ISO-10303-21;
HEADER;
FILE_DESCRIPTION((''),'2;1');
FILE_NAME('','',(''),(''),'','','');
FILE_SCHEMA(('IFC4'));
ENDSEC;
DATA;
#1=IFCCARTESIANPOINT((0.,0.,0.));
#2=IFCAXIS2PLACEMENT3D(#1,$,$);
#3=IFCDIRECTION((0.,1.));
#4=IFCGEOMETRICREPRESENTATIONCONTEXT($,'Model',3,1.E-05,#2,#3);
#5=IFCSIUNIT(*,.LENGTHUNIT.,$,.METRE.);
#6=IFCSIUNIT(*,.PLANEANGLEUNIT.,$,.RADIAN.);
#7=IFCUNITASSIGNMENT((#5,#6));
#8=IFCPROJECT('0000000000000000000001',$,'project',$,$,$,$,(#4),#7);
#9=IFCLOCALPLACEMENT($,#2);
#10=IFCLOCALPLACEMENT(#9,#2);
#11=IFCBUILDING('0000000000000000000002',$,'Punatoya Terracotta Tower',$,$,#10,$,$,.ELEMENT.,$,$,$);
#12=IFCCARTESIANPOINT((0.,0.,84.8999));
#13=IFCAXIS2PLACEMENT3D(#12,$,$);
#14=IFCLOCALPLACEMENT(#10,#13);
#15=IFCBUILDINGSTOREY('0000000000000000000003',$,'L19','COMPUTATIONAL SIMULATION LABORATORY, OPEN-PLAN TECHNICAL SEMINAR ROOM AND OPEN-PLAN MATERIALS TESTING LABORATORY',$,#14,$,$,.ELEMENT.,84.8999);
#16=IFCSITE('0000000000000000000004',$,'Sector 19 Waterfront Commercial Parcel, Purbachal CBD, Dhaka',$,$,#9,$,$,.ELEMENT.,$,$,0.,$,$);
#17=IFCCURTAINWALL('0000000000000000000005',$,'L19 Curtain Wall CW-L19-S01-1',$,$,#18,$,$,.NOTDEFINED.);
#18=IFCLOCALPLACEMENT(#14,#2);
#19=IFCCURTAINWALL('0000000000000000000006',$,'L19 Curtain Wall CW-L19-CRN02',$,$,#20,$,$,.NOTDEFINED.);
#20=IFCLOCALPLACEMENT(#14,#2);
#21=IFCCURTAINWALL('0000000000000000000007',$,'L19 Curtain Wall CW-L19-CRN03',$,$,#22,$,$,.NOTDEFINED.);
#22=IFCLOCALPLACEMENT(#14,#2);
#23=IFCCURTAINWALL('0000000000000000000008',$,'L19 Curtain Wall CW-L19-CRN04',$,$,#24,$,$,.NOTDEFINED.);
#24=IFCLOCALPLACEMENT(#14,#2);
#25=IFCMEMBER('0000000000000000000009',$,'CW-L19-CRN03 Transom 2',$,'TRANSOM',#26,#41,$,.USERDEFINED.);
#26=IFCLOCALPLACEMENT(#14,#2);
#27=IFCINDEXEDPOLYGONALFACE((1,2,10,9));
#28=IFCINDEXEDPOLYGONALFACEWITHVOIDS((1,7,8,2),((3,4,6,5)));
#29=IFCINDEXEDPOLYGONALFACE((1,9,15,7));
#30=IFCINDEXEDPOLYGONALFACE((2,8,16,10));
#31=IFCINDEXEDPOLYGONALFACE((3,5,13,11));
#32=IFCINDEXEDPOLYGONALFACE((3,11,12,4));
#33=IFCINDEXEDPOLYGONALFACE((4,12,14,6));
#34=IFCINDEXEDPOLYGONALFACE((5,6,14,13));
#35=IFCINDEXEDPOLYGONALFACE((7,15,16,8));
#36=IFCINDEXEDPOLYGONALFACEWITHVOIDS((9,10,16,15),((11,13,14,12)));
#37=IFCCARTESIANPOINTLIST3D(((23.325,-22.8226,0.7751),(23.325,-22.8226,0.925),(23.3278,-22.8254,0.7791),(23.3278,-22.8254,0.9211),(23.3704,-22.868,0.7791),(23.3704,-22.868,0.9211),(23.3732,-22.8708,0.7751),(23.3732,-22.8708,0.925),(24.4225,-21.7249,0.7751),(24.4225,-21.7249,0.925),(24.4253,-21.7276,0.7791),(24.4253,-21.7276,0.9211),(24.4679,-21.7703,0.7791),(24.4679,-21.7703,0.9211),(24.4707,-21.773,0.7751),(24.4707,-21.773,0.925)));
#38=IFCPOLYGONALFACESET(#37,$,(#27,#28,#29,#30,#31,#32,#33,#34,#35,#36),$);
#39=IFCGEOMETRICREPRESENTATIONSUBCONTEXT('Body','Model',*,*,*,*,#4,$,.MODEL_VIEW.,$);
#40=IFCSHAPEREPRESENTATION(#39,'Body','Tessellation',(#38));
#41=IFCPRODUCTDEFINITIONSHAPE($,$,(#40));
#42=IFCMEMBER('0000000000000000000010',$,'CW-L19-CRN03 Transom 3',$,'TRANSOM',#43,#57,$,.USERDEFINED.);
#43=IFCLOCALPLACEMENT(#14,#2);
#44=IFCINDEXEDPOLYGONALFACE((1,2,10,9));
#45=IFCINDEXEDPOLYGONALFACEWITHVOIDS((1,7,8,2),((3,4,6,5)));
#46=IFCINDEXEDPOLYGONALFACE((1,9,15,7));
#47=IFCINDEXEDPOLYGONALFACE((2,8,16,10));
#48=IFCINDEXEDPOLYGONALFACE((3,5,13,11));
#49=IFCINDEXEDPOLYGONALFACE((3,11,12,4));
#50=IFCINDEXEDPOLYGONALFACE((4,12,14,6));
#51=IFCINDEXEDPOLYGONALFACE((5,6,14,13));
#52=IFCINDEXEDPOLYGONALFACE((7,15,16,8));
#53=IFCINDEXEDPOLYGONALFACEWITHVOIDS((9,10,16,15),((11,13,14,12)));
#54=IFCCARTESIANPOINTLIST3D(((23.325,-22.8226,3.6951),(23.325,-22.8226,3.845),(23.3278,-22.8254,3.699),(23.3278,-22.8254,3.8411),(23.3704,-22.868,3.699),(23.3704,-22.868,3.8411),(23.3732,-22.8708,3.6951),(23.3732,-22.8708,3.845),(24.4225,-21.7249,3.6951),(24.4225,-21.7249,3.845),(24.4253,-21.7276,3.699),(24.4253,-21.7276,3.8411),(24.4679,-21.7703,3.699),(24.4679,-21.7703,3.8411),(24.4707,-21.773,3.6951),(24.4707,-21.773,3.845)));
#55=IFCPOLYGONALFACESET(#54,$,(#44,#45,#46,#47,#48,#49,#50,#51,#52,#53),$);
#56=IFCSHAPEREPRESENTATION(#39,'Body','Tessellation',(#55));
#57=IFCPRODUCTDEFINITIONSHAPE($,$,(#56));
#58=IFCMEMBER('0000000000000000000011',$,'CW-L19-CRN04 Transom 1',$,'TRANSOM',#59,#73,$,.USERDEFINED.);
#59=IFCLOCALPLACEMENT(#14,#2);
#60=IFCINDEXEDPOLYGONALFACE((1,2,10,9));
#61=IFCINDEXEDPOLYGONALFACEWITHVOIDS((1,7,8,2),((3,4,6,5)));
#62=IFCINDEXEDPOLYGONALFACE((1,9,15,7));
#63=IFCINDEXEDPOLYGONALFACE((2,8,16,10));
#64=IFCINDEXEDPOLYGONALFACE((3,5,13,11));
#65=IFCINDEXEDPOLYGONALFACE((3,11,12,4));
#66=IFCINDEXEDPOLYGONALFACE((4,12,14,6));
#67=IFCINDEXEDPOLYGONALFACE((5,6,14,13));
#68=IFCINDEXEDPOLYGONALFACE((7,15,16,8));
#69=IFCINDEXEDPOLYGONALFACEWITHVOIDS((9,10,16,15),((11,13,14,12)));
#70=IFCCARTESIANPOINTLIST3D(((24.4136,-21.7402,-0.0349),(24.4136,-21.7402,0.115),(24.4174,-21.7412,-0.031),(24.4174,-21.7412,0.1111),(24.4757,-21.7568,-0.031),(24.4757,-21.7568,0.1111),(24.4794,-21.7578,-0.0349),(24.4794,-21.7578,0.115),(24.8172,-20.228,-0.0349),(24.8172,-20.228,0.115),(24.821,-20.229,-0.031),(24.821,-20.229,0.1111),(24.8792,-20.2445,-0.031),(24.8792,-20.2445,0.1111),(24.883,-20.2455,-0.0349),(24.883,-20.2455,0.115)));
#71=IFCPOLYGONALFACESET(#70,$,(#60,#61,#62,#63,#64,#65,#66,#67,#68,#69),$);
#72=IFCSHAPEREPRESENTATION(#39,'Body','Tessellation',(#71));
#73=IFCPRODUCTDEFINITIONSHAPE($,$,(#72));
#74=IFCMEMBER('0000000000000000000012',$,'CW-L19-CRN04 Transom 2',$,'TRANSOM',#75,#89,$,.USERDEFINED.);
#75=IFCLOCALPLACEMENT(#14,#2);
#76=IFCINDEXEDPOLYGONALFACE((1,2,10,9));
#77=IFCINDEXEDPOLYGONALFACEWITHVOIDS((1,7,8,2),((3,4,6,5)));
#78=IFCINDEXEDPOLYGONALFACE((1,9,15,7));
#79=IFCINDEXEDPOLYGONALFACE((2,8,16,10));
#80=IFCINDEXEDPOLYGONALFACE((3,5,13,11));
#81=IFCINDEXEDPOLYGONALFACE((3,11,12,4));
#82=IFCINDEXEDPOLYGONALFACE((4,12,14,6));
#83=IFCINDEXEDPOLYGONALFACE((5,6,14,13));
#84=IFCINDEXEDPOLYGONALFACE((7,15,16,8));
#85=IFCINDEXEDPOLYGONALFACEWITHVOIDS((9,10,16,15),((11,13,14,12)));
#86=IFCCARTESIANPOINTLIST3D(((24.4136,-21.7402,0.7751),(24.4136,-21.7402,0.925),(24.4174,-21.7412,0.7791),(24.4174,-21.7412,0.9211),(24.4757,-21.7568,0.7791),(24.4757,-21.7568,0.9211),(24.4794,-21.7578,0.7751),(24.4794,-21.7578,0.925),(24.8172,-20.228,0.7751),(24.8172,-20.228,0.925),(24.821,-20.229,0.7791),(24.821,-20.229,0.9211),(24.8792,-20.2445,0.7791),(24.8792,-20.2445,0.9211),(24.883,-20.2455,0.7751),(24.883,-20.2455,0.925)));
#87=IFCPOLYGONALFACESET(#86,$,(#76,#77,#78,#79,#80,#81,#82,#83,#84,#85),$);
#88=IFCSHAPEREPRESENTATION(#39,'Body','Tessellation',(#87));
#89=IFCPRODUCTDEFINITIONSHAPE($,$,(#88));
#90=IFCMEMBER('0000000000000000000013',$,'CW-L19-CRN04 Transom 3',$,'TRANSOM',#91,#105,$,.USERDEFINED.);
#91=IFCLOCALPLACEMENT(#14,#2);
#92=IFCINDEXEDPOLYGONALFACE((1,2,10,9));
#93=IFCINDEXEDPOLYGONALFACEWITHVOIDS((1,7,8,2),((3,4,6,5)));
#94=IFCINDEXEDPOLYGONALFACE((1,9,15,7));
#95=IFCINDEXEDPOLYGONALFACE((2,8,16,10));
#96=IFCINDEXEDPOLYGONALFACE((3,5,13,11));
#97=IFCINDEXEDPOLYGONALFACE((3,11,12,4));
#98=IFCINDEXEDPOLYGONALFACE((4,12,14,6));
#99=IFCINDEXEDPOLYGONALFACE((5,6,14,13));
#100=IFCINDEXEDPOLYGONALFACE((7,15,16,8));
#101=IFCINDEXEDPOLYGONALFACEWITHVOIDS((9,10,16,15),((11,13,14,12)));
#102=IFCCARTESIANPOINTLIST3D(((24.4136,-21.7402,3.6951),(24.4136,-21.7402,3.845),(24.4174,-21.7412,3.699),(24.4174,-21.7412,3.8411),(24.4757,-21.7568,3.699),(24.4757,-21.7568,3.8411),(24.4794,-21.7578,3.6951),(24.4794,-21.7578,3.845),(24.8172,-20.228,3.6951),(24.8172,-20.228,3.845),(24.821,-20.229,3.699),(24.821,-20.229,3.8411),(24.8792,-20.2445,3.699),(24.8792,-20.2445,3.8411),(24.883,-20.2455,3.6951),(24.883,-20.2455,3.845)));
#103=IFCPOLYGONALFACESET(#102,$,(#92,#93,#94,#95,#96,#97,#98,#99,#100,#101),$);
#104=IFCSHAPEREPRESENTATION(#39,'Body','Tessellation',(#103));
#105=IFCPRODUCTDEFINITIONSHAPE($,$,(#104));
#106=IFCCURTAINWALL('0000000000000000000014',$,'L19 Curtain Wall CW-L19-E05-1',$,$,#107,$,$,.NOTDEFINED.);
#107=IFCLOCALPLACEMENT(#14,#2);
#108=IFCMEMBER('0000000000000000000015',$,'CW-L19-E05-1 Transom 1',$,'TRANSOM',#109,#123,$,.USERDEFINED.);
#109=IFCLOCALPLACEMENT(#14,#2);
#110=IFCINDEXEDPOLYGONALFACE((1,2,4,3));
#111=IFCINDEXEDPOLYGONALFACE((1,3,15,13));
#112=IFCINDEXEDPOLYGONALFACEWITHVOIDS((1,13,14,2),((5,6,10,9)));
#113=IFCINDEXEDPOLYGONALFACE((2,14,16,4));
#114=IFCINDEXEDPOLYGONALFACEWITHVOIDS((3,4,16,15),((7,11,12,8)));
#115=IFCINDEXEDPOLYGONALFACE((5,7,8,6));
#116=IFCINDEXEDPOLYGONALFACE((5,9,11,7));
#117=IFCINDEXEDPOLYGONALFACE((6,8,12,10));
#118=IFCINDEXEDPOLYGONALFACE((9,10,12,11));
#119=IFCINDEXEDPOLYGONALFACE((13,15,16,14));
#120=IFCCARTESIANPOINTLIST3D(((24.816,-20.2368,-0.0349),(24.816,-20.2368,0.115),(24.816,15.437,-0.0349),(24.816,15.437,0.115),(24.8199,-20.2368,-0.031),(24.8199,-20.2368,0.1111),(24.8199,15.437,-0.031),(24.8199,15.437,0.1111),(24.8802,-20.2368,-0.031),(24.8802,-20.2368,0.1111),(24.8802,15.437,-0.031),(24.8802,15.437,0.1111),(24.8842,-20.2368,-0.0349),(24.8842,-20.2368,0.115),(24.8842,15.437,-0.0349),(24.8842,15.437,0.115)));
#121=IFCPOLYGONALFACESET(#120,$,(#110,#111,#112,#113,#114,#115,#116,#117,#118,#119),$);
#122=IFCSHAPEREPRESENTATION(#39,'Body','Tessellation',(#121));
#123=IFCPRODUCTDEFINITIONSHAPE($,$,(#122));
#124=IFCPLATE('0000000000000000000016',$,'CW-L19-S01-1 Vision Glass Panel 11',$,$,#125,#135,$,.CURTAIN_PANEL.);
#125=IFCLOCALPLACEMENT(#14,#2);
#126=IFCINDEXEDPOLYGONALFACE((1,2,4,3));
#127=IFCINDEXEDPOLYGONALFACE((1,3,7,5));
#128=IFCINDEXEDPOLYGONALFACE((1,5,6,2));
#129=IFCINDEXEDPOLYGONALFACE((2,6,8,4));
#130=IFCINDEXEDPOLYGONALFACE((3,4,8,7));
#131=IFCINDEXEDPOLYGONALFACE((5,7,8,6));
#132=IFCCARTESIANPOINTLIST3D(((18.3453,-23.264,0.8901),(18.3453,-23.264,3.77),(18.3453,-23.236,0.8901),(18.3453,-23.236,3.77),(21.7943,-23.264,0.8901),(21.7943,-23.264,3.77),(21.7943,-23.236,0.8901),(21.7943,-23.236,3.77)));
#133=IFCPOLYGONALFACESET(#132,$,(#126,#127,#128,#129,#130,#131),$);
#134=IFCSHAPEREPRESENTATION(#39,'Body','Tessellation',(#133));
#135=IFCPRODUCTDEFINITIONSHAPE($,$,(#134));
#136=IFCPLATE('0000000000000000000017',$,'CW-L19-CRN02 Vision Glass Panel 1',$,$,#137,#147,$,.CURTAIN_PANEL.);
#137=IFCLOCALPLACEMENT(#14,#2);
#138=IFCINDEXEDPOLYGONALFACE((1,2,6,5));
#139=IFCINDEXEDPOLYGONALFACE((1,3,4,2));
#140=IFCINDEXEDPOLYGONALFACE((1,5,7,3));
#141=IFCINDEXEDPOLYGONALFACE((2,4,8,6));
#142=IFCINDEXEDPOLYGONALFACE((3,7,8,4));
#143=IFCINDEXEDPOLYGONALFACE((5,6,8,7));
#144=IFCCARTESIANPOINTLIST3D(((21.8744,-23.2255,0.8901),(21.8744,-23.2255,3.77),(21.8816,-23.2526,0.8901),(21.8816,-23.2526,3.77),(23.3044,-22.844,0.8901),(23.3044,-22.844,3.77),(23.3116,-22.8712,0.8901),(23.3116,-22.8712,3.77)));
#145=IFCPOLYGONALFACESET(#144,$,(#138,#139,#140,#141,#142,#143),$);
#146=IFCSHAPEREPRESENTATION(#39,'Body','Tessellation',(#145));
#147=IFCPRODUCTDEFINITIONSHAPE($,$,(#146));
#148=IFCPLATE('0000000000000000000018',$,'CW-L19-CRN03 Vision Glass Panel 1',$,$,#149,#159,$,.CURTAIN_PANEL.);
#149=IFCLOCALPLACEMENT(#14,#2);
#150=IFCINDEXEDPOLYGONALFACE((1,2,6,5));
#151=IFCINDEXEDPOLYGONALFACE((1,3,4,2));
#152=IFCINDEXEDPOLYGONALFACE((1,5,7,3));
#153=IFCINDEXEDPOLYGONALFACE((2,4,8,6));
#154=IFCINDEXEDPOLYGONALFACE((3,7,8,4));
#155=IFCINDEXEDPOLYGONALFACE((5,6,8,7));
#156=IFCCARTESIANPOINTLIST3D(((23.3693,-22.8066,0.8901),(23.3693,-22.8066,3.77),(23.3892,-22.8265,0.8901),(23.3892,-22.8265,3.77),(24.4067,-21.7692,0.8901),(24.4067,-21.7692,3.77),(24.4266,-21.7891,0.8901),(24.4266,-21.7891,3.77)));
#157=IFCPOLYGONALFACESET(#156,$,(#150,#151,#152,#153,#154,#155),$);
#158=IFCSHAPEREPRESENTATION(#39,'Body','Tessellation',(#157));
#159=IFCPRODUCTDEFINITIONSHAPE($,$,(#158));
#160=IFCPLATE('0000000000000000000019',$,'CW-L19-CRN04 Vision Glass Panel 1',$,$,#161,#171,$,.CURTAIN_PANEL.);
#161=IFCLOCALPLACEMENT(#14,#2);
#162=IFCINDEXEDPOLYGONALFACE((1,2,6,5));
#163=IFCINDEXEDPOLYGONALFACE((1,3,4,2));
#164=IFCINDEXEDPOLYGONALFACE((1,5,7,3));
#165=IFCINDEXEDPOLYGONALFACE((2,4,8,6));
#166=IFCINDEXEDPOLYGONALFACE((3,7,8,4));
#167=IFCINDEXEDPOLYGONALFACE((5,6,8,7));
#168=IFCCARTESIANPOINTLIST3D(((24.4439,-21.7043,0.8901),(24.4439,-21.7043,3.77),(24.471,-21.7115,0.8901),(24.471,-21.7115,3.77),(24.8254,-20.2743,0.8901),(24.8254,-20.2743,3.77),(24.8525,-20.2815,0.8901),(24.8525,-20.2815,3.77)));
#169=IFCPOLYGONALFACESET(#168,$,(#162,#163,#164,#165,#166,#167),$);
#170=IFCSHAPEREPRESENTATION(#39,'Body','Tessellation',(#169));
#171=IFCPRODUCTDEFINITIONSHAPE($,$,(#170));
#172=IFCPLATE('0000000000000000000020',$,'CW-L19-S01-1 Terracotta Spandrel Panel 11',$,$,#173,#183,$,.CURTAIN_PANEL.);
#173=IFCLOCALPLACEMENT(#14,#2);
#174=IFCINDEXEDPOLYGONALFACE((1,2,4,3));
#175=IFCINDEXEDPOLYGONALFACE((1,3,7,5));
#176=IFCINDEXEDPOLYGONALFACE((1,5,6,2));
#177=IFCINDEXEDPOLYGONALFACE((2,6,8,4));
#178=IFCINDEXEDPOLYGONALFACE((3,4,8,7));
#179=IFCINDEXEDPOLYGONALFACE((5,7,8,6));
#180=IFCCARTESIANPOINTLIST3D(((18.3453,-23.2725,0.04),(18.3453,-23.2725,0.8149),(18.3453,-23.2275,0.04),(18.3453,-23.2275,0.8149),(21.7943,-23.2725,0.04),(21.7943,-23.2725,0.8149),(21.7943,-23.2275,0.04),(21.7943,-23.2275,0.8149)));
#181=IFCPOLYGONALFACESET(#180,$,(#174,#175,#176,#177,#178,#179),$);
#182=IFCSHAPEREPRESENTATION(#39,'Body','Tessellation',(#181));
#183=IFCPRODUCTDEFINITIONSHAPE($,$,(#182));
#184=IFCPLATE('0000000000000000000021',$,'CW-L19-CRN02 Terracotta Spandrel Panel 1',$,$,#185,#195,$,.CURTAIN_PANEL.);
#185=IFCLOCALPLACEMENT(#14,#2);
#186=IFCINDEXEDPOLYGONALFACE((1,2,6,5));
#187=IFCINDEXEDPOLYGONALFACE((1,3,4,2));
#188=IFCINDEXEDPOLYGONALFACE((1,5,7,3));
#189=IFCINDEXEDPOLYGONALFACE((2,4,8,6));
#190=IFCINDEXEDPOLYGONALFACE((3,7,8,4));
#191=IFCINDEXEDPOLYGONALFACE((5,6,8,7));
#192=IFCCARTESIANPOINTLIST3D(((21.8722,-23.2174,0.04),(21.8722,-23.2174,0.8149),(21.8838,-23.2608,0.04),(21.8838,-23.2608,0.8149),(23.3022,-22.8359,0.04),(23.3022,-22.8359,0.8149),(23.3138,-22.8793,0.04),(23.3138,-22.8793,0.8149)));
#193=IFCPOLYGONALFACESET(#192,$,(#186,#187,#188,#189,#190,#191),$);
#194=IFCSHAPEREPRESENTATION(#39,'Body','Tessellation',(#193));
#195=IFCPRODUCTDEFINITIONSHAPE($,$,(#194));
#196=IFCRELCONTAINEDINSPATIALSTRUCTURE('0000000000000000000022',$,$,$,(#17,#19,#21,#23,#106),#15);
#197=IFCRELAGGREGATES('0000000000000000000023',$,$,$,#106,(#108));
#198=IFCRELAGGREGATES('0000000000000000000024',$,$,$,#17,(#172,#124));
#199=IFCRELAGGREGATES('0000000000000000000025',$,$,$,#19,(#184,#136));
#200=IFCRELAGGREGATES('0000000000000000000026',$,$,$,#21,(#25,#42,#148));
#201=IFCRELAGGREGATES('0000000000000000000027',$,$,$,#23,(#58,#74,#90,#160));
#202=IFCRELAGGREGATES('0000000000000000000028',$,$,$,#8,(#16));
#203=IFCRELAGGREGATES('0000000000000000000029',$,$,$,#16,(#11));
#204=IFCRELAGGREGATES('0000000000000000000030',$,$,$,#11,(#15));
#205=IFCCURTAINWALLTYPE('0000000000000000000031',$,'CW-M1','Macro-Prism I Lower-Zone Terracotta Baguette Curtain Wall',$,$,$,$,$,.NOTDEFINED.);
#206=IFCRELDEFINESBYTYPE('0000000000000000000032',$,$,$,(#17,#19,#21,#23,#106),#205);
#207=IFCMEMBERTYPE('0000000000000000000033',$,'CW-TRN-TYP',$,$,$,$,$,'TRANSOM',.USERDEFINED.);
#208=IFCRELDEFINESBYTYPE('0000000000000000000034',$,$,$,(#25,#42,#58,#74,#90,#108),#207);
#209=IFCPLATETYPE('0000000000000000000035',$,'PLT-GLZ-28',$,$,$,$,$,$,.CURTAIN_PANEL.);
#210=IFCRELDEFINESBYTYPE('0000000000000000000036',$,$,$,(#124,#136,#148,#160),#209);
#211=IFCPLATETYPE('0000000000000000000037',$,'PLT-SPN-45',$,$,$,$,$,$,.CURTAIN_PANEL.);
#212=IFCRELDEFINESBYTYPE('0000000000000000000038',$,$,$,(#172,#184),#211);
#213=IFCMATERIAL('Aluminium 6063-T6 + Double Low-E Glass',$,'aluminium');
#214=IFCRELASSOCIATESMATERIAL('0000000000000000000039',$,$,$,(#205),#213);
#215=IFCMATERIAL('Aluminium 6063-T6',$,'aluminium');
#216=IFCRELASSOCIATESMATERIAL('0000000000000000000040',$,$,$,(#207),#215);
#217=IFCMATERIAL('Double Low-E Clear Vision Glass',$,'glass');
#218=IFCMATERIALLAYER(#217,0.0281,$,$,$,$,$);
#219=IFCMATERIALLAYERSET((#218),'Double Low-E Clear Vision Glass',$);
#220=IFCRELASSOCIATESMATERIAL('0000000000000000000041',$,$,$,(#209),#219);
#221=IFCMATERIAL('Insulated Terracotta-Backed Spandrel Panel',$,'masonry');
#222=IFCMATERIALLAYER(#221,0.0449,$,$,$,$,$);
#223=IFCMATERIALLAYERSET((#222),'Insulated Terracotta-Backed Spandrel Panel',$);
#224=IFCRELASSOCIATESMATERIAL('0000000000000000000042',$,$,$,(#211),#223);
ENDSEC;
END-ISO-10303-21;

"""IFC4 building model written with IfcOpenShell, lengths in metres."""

from ifc_helpers import new_model, si_unit, direction, frame, origin, origin_2d, place, context, subcontext, project, spatial, rectangle, hollow_rectangle, extrude, material, layer, layer_set, material_profile, profile_set, type_object, element, aggregate, save


model = new_model("IFC4")

# Units and contexts
model_context = context("Model", 3, precision=1e-05, world=origin(), true_north=direction((0.0, 1.0)))
body_context = subcontext(model_context, "Body", "Model", "MODEL_VIEW")
ifc_project = project(units=[si_unit("LENGTHUNIT", "METRE"), si_unit("PLANEANGLEUNIT", "RADIAN")], contexts=[model_context])

# Site, building, storey
site_placement = place(None, origin())
site = spatial("IfcSite", under=ifc_project, at=site_placement, Name="Sector 19 Waterfront Commercial Parcel, Purbachal CBD, Dhaka", CompositionType="ELEMENT", RefElevation=0.0)
building_placement = place(site_placement, origin())
building = spatial("IfcBuilding", under=site, at=building_placement, Name="Punatoya Terracotta Tower", CompositionType="ELEMENT")
storey_placement = place(building_placement, frame((0.0, 0.0, 84.8999)))
storey = spatial("IfcBuildingStorey", under=building, at=storey_placement, Name="L19", Description="COMPUTATIONAL SIMULATION LABORATORY, OPEN-PLAN TECHNICAL SEMINAR ROOM AND OPEN-PLAN MATERIALS TESTING LABORATORY", CompositionType="ELEMENT", Elevation=84.8999)

# Curtain wall
ifc_material_1 = material(Name="Aluminium 6063-T6 + Double Low-E Glass", Category="aluminium")
curtain_wall_type = type_object("IfcCurtainWallType", Name="CW-M1", Description="Macro-Prism I Lower-Zone Terracotta Baguette Curtain Wall", PredefinedType="NOTDEFINED", material=ifc_material_1)
curtain_wall_1_placement = place(storey_placement, origin())
curtain_wall_1 = element("IfcCurtainWall", 1, at=curtain_wall_1_placement, inside=storey, type_object=curtain_wall_type, Name="L19 Curtain Wall CW-L19-S01-1", PredefinedType="NOTDEFINED")
ifc_material_2 = material(Name="Aluminium 6063-T6", Category="aluminium")

# Curtain walls
curtain_wall_2_placement = place(storey_placement, origin())
curtain_wall_2 = element("IfcCurtainWall", 2, at=curtain_wall_2_placement, inside=storey, type_object=curtain_wall_type, Name="L19 Curtain Wall CW-L19-CRN02", PredefinedType="NOTDEFINED")
curtain_wall_3_placement = place(storey_placement, origin())
curtain_wall_3 = element("IfcCurtainWall", 3, at=curtain_wall_3_placement, inside=storey, type_object=curtain_wall_type, Name="L19 Curtain Wall CW-L19-CRN03", PredefinedType="NOTDEFINED")
curtain_wall_4_placement = place(storey_placement, origin())
curtain_wall_4 = element("IfcCurtainWall", 4, at=curtain_wall_4_placement, inside=storey, type_object=curtain_wall_type, Name="L19 Curtain Wall CW-L19-CRN04", PredefinedType="NOTDEFINED")

# Members
ifc_material_profile_1 = material_profile(ifc_material_2, hollow_rectangle(XDim=0.0681, YDim=0.1499, WallThickness=0.0039, at=origin_2d()))
ifc_profile_set_1 = profile_set([ifc_material_profile_1], Name="Aluminium 6063-T6")
member_type_1 = type_object("IfcMemberType", Name="CW-TRN-TYP", ElementType="TRANSOM", PredefinedType="USERDEFINED", material=ifc_profile_set_1)
member_1_placement = place(storey_placement, frame((23.3491, -22.8467, 0.8501), z_axis=(0.707028, 0.707185, 0.0), x_axis=(-0.707185, 0.707028, 0.0)))
member_1 = element("IfcMember", 5, at=member_1_placement, type_object=member_type_1, Name="CW-L19-CRN03 Transom 2", ObjectType="TRANSOM", PredefinedType="USERDEFINED", context=body_context, shape_type="SweptSolid", body=[
    extrude(hollow_rectangle(XDim=0.0681, YDim=0.1499, WallThickness=0.0039, at=origin_2d()), origin(), (0.0, 0.0, 1.0), 1.5522),
])
member_2_placement = place(storey_placement, frame((23.3491, -22.8467, 3.77), z_axis=(0.707028, 0.707185, 0.0), x_axis=(-0.707185, 0.707028, 0.0)))
member_2 = element("IfcMember", 6, at=member_2_placement, type_object=member_type_1, Name="CW-L19-CRN03 Transom 3", ObjectType="TRANSOM", PredefinedType="USERDEFINED", context=body_context, shape_type="SweptSolid", body=[
    extrude(hollow_rectangle(XDim=0.0681, YDim=0.1499, WallThickness=0.0039, at=origin_2d()), origin(), (0.0, 0.0, 1.0), 1.5522),
])
member_3_placement = place(storey_placement, frame((24.4465, -21.749, 0.04), z_axis=(0.257847, 0.966186, 0.0), x_axis=(-0.966186, 0.257847, 0.0)))
member_3 = element("IfcMember", 7, at=member_3_placement, type_object=member_type_1, Name="CW-L19-CRN04 Transom 1", ObjectType="TRANSOM", PredefinedType="USERDEFINED", context=body_context, shape_type="SweptSolid", body=[
    extrude(hollow_rectangle(XDim=0.0681, YDim=0.1499, WallThickness=0.0039, at=origin_2d()), origin(), (0.0, 0.0, 1.0), 1.5652),
])
member_4_placement = place(storey_placement, frame((24.4465, -21.749, 0.8501), z_axis=(0.257847, 0.966186, 0.0), x_axis=(-0.966186, 0.257847, 0.0)))
member_4 = element("IfcMember", 8, at=member_4_placement, type_object=member_type_1, Name="CW-L19-CRN04 Transom 2", ObjectType="TRANSOM", PredefinedType="USERDEFINED", context=body_context, shape_type="SweptSolid", body=[
    extrude(hollow_rectangle(XDim=0.0681, YDim=0.1499, WallThickness=0.0039, at=origin_2d()), origin(), (0.0, 0.0, 1.0), 1.5652),
])
member_5_placement = place(storey_placement, frame((24.4465, -21.749, 3.77), z_axis=(0.257847, 0.966186, 0.0), x_axis=(-0.966186, 0.257847, 0.0)))
member_5 = element("IfcMember", 9, at=member_5_placement, type_object=member_type_1, Name="CW-L19-CRN04 Transom 3", ObjectType="TRANSOM", PredefinedType="USERDEFINED", context=body_context, shape_type="SweptSolid", body=[
    extrude(hollow_rectangle(XDim=0.0681, YDim=0.1499, WallThickness=0.0039, at=origin_2d()), origin(), (0.0, 0.0, 1.0), 1.5652),
])

# Curtain wall, member
curtain_wall_5_placement = place(storey_placement, origin())
curtain_wall_5 = element("IfcCurtainWall", 10, at=curtain_wall_5_placement, inside=storey, type_object=curtain_wall_type, Name="L19 Curtain Wall CW-L19-E05-1", PredefinedType="NOTDEFINED")
member_6_placement = place(storey_placement, frame((24.8501, -20.2368, 0.04), z_axis=(0.0, 1.0, 0.0), x_axis=(-1.0, 0.0, 0.0)))
member_6 = element("IfcMember", 11, at=member_6_placement, type_object=member_type_1, Name="CW-L19-E05-1 Transom 1", ObjectType="TRANSOM", PredefinedType="USERDEFINED", context=body_context, shape_type="SweptSolid", body=[
    extrude(hollow_rectangle(XDim=0.0681, YDim=0.1499, WallThickness=0.0039, at=origin_2d()), origin(), (0.0, 0.0, 1.0), 35.6738),
])
aggregate(curtain_wall_5, [member_6])

# Plates
ifc_material_3 = material(Name="Double Low-E Clear Vision Glass", Category="glass")
ifc_layer_1 = layer(ifc_material_3, 0.0281)
ifc_layer_set_1 = layer_set([ifc_layer_1], Name="Double Low-E Clear Vision Glass")
plate_type_1 = type_object("IfcPlateType", Name="PLT-GLZ-28", PredefinedType="CURTAIN_PANEL", material=ifc_layer_set_1)
plate_1_placement = place(storey_placement, frame((20.0698, -23.25, 0.8901), z_axis=(0.0, 0.0, 1.0), x_axis=(1.0, 0.0, 0.0)))
plate_1 = element("IfcPlate", 12, at=plate_1_placement, type_object=plate_type_1, Name="CW-L19-S01-1 Vision Glass Panel 11", PredefinedType="CURTAIN_PANEL", context=body_context, shape_type="SweptSolid", body=[
    extrude(rectangle(XDim=3.449, YDim=0.0281, at=origin_2d()), origin(), (0.0, 0.0, 1.0), 2.8799),
])
plate_2_placement = place(storey_placement, frame((22.593, -23.0483, 0.8901), z_axis=(0.0, 0.0, 1.0), x_axis=(0.966214, 0.257742, 0.0)))
plate_2 = element("IfcPlate", 13, at=plate_2_placement, type_object=plate_type_1, Name="CW-L19-CRN02 Vision Glass Panel 1", PredefinedType="CURTAIN_PANEL", context=body_context, shape_type="SweptSolid", body=[
    extrude(rectangle(XDim=1.48, YDim=0.0281, at=origin_2d()), origin(), (0.0, 0.0, 1.0), 2.8799),
])
plate_3_placement = place(storey_placement, frame((23.8979, -22.2979, 0.8901), z_axis=(0.0, 0.0, 1.0), x_axis=(0.707107, 0.707107, 0.0)))
plate_3 = element("IfcPlate", 14, at=plate_3_placement, type_object=plate_type_1, Name="CW-L19-CRN03 Vision Glass Panel 1", PredefinedType="CURTAIN_PANEL", context=body_context, shape_type="SweptSolid", body=[
    extrude(rectangle(XDim=1.467, YDim=0.0281, at=origin_2d()), origin(), (0.0, 0.0, 1.0), 2.8799),
])
plate_4_placement = place(storey_placement, frame((24.6482, -20.9929, 0.8901), z_axis=(0.0, 0.0, 1.0), x_axis=(0.257742, 0.966214, 0.0)))
plate_4 = element("IfcPlate", 15, at=plate_4_placement, type_object=plate_type_1, Name="CW-L19-CRN04 Vision Glass Panel 1", PredefinedType="CURTAIN_PANEL", context=body_context, shape_type="SweptSolid", body=[
    extrude(rectangle(XDim=1.48, YDim=0.0281, at=origin_2d()), origin(), (0.0, 0.0, 1.0), 2.8799),
])
ifc_material_4 = material(Name="Insulated Terracotta-Backed Spandrel Panel", Category="masonry")
ifc_layer_2 = layer(ifc_material_4, 0.0449)
ifc_layer_set_2 = layer_set([ifc_layer_2], Name="Insulated Terracotta-Backed Spandrel Panel")
plate_type_2 = type_object("IfcPlateType", Name="PLT-SPN-45", PredefinedType="CURTAIN_PANEL", material=ifc_layer_set_2)
plate_5_placement = place(storey_placement, frame((20.0698, -23.25, 0.04), z_axis=(0.0, 0.0, 1.0), x_axis=(1.0, 0.0, 0.0)))
plate_5 = element("IfcPlate", 16, at=plate_5_placement, type_object=plate_type_2, Name="CW-L19-S01-1 Terracotta Spandrel Panel 11", PredefinedType="CURTAIN_PANEL", context=body_context, shape_type="SweptSolid", body=[
    extrude(rectangle(XDim=3.449, YDim=0.0449, at=origin_2d()), origin(), (0.0, 0.0, 1.0), 0.7749),
])
aggregate(curtain_wall_1, [plate_5, plate_1])
plate_6_placement = place(storey_placement, frame((22.593, -23.0483, 0.04), z_axis=(0.0, 0.0, 1.0), x_axis=(0.966214, 0.257742, 0.0)))
plate_6 = element("IfcPlate", 17, at=plate_6_placement, type_object=plate_type_2, Name="CW-L19-CRN02 Terracotta Spandrel Panel 1", PredefinedType="CURTAIN_PANEL", context=body_context, shape_type="SweptSolid", body=[
    extrude(rectangle(XDim=1.48, YDim=0.0449, at=origin_2d()), origin(), (0.0, 0.0, 1.0), 0.7749),
])
aggregate(curtain_wall_2, [plate_6, plate_2])
aggregate(curtain_wall_3, [member_1, member_2, plate_3])
aggregate(curtain_wall_4, [member_3, member_4, member_5, plate_4])

save(model, "model.ifc")
